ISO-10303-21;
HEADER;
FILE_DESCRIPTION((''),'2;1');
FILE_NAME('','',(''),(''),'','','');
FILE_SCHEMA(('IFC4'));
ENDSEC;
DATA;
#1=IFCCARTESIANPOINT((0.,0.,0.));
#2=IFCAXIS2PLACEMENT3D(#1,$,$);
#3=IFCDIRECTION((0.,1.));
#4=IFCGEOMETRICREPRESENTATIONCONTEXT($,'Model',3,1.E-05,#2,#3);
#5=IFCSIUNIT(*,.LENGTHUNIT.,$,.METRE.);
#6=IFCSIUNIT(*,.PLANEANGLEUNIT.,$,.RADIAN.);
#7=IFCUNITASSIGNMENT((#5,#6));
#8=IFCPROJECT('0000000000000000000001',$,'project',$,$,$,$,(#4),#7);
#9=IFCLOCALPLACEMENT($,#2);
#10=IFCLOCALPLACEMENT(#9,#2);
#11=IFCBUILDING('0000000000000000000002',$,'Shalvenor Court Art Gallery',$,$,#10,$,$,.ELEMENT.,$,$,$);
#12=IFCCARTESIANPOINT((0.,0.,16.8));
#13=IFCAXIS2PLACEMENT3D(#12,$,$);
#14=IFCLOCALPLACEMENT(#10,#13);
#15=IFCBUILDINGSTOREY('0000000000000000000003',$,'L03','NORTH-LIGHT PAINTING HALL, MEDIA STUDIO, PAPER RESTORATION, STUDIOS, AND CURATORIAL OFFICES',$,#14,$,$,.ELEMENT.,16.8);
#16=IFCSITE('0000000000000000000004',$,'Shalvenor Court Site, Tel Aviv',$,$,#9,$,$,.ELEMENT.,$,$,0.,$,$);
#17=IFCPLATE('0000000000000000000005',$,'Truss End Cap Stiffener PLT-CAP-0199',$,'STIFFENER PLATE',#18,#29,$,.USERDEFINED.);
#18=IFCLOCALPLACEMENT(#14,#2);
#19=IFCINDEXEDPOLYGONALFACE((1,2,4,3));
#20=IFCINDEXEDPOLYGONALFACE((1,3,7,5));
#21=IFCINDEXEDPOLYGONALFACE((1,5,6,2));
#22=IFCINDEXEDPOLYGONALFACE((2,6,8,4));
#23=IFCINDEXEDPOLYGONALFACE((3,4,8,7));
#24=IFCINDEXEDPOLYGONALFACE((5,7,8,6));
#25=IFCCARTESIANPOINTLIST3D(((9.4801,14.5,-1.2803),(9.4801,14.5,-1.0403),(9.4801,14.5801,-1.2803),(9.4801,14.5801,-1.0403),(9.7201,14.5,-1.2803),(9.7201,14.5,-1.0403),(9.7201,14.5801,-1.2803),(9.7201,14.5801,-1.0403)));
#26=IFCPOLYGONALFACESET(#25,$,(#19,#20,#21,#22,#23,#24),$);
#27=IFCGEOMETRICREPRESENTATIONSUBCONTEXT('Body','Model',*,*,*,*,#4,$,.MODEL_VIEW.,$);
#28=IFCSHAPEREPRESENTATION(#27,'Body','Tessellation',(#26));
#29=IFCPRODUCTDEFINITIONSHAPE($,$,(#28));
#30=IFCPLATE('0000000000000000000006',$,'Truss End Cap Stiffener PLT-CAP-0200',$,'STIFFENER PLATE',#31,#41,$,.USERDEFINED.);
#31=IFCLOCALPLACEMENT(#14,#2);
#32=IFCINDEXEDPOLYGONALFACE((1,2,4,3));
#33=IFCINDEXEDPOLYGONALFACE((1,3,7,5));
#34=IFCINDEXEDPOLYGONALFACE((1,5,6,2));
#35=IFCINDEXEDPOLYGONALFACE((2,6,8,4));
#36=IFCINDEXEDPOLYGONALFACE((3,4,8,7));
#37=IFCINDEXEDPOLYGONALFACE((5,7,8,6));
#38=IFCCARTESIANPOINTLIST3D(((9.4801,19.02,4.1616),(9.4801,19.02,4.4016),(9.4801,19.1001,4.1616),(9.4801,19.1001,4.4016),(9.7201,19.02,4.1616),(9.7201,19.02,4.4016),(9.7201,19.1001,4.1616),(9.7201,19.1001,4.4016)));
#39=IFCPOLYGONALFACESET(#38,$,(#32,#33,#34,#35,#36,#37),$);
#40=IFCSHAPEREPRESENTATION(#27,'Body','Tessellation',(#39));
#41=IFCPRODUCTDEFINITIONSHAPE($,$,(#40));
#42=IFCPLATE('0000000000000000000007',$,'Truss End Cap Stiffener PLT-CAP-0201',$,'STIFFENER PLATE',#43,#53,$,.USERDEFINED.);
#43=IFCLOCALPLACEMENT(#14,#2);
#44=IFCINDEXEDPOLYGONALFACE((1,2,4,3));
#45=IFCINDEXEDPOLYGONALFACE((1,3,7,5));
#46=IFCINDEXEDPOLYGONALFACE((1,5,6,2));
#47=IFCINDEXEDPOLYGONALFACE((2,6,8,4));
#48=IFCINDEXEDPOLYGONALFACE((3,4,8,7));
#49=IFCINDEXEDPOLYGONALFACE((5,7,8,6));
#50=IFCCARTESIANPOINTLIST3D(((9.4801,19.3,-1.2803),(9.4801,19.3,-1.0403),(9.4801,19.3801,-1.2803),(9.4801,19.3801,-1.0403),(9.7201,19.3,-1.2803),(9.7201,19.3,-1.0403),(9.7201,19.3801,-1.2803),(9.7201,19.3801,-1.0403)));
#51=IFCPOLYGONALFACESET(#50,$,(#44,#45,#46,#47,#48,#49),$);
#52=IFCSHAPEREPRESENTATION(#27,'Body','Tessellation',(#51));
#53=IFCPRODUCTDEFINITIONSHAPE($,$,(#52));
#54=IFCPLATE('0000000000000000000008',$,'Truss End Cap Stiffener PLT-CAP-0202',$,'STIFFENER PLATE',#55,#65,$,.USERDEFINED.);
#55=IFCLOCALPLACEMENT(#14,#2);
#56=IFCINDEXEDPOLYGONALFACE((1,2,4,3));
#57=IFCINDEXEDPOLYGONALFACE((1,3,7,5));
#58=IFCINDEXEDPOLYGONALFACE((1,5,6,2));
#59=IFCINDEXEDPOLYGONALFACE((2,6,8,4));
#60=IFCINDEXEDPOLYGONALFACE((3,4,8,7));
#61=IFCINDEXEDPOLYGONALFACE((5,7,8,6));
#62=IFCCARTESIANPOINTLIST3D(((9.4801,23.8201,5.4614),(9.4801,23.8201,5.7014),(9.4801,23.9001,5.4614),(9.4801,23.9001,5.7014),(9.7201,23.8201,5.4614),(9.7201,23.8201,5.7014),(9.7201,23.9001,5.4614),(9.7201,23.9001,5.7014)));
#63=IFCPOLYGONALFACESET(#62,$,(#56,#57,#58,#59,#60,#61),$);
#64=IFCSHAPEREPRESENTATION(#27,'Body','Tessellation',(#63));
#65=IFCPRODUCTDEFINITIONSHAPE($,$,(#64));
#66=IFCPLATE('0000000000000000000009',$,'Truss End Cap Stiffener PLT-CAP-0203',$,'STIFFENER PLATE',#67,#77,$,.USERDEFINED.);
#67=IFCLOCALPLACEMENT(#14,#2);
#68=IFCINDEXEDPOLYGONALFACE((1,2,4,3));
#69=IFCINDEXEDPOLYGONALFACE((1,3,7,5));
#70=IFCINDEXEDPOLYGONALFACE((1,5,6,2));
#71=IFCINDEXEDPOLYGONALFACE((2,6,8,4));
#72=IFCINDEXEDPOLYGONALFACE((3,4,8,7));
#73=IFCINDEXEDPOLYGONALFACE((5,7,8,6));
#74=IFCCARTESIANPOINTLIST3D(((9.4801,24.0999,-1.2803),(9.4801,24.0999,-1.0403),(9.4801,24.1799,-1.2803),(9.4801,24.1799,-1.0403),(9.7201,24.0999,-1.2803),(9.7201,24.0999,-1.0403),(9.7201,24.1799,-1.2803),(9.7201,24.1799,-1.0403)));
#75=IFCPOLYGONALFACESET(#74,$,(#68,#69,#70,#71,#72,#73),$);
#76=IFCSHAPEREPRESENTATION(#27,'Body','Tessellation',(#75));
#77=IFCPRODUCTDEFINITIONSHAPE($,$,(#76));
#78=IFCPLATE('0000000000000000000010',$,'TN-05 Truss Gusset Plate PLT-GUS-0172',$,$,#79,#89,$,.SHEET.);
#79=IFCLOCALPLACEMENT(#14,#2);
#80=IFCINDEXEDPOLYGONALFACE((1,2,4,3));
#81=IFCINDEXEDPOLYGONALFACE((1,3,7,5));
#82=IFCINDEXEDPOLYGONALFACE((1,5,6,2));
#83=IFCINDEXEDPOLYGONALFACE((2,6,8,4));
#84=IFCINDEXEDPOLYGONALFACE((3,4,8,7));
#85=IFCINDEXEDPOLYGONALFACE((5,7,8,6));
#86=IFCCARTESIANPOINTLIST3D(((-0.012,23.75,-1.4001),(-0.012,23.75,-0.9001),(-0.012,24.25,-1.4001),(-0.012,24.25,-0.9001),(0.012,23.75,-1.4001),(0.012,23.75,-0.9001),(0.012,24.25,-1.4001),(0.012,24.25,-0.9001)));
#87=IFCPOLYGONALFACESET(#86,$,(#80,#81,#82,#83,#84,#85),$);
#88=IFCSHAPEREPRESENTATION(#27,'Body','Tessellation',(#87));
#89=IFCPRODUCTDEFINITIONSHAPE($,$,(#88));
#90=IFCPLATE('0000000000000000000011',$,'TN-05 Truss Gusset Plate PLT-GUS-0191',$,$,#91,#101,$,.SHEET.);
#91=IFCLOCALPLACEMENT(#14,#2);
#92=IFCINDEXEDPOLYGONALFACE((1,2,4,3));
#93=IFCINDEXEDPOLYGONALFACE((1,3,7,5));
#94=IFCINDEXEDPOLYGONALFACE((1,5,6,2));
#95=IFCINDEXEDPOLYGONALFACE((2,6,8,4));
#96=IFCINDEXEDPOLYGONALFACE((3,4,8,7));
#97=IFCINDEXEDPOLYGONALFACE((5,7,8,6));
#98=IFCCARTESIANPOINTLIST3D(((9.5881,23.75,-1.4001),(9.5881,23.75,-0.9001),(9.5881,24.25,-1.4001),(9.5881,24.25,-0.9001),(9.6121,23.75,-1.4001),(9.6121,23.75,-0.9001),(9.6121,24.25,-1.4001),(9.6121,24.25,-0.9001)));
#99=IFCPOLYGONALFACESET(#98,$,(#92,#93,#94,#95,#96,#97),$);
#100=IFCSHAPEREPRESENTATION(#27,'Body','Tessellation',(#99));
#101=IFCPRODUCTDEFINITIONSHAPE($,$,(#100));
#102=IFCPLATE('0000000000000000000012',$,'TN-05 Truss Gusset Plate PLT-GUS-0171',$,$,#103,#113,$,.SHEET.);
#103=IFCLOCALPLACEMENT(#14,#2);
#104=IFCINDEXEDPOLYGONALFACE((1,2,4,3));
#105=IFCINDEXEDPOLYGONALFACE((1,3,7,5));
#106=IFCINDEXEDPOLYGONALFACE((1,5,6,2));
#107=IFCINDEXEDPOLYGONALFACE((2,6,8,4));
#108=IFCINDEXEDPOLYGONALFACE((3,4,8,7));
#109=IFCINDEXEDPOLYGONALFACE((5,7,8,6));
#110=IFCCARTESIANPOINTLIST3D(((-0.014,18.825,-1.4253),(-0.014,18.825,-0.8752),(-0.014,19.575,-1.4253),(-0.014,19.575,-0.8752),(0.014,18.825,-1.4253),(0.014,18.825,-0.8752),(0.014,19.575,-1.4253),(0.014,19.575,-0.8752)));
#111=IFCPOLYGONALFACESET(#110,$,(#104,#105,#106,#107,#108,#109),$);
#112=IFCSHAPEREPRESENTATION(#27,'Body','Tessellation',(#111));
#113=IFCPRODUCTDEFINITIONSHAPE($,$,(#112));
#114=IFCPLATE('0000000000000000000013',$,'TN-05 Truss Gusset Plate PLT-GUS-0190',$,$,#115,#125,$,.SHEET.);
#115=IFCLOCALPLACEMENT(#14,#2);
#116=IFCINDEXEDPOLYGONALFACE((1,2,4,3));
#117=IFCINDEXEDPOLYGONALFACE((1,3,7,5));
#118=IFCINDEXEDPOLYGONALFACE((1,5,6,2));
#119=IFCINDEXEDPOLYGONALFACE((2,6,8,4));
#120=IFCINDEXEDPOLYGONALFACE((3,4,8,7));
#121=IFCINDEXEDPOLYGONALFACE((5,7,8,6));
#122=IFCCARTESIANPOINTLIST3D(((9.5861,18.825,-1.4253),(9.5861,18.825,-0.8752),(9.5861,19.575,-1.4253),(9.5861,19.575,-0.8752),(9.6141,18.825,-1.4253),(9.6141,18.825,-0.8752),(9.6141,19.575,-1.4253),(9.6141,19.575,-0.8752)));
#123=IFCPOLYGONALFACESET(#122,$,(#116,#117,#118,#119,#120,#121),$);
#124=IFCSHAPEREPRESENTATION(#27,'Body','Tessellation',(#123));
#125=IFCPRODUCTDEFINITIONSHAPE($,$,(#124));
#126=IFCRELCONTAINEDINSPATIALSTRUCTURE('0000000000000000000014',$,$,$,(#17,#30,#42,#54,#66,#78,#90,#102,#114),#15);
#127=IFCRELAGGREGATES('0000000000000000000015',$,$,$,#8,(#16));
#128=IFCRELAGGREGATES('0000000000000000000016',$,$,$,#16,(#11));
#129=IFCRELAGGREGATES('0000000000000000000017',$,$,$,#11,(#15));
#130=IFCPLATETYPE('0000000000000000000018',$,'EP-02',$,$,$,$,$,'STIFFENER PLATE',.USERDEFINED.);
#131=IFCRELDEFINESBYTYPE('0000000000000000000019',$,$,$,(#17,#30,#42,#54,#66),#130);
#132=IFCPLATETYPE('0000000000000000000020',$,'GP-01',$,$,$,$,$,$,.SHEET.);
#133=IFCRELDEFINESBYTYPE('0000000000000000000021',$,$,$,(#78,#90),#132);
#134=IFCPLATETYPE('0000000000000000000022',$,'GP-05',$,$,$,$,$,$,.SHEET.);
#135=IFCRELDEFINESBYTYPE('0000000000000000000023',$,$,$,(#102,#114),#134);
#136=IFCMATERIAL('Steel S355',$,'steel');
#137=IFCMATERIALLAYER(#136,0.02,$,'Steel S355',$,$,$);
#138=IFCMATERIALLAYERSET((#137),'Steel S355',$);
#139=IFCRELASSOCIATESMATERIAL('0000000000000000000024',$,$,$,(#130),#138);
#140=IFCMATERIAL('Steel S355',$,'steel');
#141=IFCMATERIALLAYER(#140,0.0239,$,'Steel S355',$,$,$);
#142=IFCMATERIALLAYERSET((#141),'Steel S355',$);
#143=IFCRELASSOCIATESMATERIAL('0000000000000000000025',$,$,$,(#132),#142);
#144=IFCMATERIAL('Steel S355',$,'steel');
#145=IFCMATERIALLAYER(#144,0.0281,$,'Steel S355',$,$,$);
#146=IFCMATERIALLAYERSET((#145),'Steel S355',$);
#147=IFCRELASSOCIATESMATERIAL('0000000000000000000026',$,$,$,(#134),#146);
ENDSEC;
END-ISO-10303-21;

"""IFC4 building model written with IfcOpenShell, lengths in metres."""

from ifc_helpers import new_model, si_unit, direction, frame, origin, origin_2d, place, context, subcontext, project, spatial, rectangle, extrude, material, layer, layer_set, type_object, element, save


model = new_model("IFC4")

# Units and contexts
model_context = context("Model", 3, precision=1e-05, world=origin(), true_north=direction((0.0, 1.0)))
body_context = subcontext(model_context, "Body", "Model", "MODEL_VIEW")
ifc_project = project(units=[si_unit("LENGTHUNIT", "METRE"), si_unit("PLANEANGLEUNIT", "RADIAN")], contexts=[model_context])

# Site, building, storey
site_placement = place(None, origin())
site = spatial("IfcSite", under=ifc_project, at=site_placement, Name="Shalvenor Court Site, Tel Aviv", CompositionType="ELEMENT", RefElevation=0.0)
building_placement = place(site_placement, origin())
building = spatial("IfcBuilding", under=site, at=building_placement, Name="Shalvenor Court Art Gallery", CompositionType="ELEMENT")
storey_placement = place(building_placement, frame((0.0, 0.0, 16.8)))
storey = spatial("IfcBuildingStorey", under=building, at=storey_placement, Name="L03", Description="NORTH-LIGHT PAINTING HALL, MEDIA STUDIO, PAPER RESTORATION, STUDIOS, AND CURATORIAL OFFICES", CompositionType="ELEMENT", Elevation=16.8)

# Plates
ifc_material_1 = material(Name="Steel S355", Category="steel")
ifc_layer_1 = layer(ifc_material_1, 0.02, Name="Steel S355")
ifc_layer_set_1 = layer_set([ifc_layer_1], Name="Steel S355")
plate_type_1 = type_object("IfcPlateType", Name="EP-02", ElementType="STIFFENER PLATE", PredefinedType="USERDEFINED", material=ifc_layer_set_1)
for number, where, z_axis, x_axis, name in (
    (1, (9.6001, 14.54, -1.2803), (0.0, 0.0, 1.0), (1.0, 0.0, 0.0), "Truss End Cap Stiffener PLT-CAP-0199"),
    (2, (9.6001, 19.0601, 4.1616), (0.0, 0.0, 1.0), (1.0, 0.0, 0.0), "Truss End Cap Stiffener PLT-CAP-0200"),
    (3, (9.6001, 19.3401, -1.2803), (0.0, 0.0, 1.0), (1.0, 0.0, 0.0), "Truss End Cap Stiffener PLT-CAP-0201"),
    (4, (9.6001, 23.8601, 5.4614), (0.0, 0.0, 1.0), (1.0, 0.0, 0.0), "Truss End Cap Stiffener PLT-CAP-0202"),
    (5, (9.6001, 24.1399, -1.2803), (0.0, 0.0, 1.0), (1.0, 0.0, 0.0), "Truss End Cap Stiffener PLT-CAP-0203"),
):
    element("IfcPlate", number, at=place(storey_placement, frame(where, z_axis=z_axis, x_axis=x_axis)), inside=storey, type_object=plate_type_1, Name=name, ObjectType="STIFFENER PLATE", PredefinedType="USERDEFINED", context=body_context, shape_type="SweptSolid", body=[
        extrude(rectangle(XDim=0.24, YDim=0.0801, at=origin_2d()), origin(), (0.0, 0.0, 1.0), 0.24),
    ])
ifc_material_2 = material(Name="Steel S355", Category="steel")
ifc_layer_2 = layer(ifc_material_2, 0.0239, Name="Steel S355")
ifc_layer_set_2 = layer_set([ifc_layer_2], Name="Steel S355")
plate_type_2 = type_object("IfcPlateType", Name="GP-01", PredefinedType="SHEET", material=ifc_layer_set_2)
for number, where, z_axis, x_axis, name in (
    (6, (0.0, 24.0, -1.4001), (0.0, 0.0, 1.0), (0.0, 1.0, 0.0), "TN-05 Truss Gusset Plate PLT-GUS-0172"),
    (7, (9.6001, 24.0, -1.4001), (0.0, 0.0, 1.0), (0.0, 1.0, 0.0), "TN-05 Truss Gusset Plate PLT-GUS-0191"),
):
    element("IfcPlate", number, at=place(storey_placement, frame(where, z_axis=z_axis, x_axis=x_axis)), inside=storey, type_object=plate_type_2, Name=name, PredefinedType="SHEET", context=body_context, shape_type="SweptSolid", body=[
        extrude(rectangle(XDim=0.5, YDim=0.0239, at=origin_2d()), origin(), (0.0, 0.0, 1.0), 0.5),
    ])
ifc_material_3 = material(Name="Steel S355", Category="steel")
ifc_layer_3 = layer(ifc_material_3, 0.0281, Name="Steel S355")
ifc_layer_set_3 = layer_set([ifc_layer_3], Name="Steel S355")
plate_type_3 = type_object("IfcPlateType", Name="GP-05", PredefinedType="SHEET", material=ifc_layer_set_3)
for number, where, z_axis, x_axis, name in (
    (8, (0.0, 19.2, -1.4253), (0.0, 0.0, 1.0), (0.0, 1.0, 0.0), "TN-05 Truss Gusset Plate PLT-GUS-0171"),
    (9, (9.6001, 19.2, -1.4253), (0.0, 0.0, 1.0), (0.0, 1.0, 0.0), "TN-05 Truss Gusset Plate PLT-GUS-0190"),
):
    element("IfcPlate", number, at=place(storey_placement, frame(where, z_axis=z_axis, x_axis=x_axis)), inside=storey, type_object=plate_type_3, Name=name, PredefinedType="SHEET", context=body_context, shape_type="SweptSolid", body=[
        extrude(rectangle(XDim=0.75, YDim=0.0281, at=origin_2d()), origin(), (0.0, 0.0, 1.0), 0.55),
    ])

save(model, "model.ifc")
